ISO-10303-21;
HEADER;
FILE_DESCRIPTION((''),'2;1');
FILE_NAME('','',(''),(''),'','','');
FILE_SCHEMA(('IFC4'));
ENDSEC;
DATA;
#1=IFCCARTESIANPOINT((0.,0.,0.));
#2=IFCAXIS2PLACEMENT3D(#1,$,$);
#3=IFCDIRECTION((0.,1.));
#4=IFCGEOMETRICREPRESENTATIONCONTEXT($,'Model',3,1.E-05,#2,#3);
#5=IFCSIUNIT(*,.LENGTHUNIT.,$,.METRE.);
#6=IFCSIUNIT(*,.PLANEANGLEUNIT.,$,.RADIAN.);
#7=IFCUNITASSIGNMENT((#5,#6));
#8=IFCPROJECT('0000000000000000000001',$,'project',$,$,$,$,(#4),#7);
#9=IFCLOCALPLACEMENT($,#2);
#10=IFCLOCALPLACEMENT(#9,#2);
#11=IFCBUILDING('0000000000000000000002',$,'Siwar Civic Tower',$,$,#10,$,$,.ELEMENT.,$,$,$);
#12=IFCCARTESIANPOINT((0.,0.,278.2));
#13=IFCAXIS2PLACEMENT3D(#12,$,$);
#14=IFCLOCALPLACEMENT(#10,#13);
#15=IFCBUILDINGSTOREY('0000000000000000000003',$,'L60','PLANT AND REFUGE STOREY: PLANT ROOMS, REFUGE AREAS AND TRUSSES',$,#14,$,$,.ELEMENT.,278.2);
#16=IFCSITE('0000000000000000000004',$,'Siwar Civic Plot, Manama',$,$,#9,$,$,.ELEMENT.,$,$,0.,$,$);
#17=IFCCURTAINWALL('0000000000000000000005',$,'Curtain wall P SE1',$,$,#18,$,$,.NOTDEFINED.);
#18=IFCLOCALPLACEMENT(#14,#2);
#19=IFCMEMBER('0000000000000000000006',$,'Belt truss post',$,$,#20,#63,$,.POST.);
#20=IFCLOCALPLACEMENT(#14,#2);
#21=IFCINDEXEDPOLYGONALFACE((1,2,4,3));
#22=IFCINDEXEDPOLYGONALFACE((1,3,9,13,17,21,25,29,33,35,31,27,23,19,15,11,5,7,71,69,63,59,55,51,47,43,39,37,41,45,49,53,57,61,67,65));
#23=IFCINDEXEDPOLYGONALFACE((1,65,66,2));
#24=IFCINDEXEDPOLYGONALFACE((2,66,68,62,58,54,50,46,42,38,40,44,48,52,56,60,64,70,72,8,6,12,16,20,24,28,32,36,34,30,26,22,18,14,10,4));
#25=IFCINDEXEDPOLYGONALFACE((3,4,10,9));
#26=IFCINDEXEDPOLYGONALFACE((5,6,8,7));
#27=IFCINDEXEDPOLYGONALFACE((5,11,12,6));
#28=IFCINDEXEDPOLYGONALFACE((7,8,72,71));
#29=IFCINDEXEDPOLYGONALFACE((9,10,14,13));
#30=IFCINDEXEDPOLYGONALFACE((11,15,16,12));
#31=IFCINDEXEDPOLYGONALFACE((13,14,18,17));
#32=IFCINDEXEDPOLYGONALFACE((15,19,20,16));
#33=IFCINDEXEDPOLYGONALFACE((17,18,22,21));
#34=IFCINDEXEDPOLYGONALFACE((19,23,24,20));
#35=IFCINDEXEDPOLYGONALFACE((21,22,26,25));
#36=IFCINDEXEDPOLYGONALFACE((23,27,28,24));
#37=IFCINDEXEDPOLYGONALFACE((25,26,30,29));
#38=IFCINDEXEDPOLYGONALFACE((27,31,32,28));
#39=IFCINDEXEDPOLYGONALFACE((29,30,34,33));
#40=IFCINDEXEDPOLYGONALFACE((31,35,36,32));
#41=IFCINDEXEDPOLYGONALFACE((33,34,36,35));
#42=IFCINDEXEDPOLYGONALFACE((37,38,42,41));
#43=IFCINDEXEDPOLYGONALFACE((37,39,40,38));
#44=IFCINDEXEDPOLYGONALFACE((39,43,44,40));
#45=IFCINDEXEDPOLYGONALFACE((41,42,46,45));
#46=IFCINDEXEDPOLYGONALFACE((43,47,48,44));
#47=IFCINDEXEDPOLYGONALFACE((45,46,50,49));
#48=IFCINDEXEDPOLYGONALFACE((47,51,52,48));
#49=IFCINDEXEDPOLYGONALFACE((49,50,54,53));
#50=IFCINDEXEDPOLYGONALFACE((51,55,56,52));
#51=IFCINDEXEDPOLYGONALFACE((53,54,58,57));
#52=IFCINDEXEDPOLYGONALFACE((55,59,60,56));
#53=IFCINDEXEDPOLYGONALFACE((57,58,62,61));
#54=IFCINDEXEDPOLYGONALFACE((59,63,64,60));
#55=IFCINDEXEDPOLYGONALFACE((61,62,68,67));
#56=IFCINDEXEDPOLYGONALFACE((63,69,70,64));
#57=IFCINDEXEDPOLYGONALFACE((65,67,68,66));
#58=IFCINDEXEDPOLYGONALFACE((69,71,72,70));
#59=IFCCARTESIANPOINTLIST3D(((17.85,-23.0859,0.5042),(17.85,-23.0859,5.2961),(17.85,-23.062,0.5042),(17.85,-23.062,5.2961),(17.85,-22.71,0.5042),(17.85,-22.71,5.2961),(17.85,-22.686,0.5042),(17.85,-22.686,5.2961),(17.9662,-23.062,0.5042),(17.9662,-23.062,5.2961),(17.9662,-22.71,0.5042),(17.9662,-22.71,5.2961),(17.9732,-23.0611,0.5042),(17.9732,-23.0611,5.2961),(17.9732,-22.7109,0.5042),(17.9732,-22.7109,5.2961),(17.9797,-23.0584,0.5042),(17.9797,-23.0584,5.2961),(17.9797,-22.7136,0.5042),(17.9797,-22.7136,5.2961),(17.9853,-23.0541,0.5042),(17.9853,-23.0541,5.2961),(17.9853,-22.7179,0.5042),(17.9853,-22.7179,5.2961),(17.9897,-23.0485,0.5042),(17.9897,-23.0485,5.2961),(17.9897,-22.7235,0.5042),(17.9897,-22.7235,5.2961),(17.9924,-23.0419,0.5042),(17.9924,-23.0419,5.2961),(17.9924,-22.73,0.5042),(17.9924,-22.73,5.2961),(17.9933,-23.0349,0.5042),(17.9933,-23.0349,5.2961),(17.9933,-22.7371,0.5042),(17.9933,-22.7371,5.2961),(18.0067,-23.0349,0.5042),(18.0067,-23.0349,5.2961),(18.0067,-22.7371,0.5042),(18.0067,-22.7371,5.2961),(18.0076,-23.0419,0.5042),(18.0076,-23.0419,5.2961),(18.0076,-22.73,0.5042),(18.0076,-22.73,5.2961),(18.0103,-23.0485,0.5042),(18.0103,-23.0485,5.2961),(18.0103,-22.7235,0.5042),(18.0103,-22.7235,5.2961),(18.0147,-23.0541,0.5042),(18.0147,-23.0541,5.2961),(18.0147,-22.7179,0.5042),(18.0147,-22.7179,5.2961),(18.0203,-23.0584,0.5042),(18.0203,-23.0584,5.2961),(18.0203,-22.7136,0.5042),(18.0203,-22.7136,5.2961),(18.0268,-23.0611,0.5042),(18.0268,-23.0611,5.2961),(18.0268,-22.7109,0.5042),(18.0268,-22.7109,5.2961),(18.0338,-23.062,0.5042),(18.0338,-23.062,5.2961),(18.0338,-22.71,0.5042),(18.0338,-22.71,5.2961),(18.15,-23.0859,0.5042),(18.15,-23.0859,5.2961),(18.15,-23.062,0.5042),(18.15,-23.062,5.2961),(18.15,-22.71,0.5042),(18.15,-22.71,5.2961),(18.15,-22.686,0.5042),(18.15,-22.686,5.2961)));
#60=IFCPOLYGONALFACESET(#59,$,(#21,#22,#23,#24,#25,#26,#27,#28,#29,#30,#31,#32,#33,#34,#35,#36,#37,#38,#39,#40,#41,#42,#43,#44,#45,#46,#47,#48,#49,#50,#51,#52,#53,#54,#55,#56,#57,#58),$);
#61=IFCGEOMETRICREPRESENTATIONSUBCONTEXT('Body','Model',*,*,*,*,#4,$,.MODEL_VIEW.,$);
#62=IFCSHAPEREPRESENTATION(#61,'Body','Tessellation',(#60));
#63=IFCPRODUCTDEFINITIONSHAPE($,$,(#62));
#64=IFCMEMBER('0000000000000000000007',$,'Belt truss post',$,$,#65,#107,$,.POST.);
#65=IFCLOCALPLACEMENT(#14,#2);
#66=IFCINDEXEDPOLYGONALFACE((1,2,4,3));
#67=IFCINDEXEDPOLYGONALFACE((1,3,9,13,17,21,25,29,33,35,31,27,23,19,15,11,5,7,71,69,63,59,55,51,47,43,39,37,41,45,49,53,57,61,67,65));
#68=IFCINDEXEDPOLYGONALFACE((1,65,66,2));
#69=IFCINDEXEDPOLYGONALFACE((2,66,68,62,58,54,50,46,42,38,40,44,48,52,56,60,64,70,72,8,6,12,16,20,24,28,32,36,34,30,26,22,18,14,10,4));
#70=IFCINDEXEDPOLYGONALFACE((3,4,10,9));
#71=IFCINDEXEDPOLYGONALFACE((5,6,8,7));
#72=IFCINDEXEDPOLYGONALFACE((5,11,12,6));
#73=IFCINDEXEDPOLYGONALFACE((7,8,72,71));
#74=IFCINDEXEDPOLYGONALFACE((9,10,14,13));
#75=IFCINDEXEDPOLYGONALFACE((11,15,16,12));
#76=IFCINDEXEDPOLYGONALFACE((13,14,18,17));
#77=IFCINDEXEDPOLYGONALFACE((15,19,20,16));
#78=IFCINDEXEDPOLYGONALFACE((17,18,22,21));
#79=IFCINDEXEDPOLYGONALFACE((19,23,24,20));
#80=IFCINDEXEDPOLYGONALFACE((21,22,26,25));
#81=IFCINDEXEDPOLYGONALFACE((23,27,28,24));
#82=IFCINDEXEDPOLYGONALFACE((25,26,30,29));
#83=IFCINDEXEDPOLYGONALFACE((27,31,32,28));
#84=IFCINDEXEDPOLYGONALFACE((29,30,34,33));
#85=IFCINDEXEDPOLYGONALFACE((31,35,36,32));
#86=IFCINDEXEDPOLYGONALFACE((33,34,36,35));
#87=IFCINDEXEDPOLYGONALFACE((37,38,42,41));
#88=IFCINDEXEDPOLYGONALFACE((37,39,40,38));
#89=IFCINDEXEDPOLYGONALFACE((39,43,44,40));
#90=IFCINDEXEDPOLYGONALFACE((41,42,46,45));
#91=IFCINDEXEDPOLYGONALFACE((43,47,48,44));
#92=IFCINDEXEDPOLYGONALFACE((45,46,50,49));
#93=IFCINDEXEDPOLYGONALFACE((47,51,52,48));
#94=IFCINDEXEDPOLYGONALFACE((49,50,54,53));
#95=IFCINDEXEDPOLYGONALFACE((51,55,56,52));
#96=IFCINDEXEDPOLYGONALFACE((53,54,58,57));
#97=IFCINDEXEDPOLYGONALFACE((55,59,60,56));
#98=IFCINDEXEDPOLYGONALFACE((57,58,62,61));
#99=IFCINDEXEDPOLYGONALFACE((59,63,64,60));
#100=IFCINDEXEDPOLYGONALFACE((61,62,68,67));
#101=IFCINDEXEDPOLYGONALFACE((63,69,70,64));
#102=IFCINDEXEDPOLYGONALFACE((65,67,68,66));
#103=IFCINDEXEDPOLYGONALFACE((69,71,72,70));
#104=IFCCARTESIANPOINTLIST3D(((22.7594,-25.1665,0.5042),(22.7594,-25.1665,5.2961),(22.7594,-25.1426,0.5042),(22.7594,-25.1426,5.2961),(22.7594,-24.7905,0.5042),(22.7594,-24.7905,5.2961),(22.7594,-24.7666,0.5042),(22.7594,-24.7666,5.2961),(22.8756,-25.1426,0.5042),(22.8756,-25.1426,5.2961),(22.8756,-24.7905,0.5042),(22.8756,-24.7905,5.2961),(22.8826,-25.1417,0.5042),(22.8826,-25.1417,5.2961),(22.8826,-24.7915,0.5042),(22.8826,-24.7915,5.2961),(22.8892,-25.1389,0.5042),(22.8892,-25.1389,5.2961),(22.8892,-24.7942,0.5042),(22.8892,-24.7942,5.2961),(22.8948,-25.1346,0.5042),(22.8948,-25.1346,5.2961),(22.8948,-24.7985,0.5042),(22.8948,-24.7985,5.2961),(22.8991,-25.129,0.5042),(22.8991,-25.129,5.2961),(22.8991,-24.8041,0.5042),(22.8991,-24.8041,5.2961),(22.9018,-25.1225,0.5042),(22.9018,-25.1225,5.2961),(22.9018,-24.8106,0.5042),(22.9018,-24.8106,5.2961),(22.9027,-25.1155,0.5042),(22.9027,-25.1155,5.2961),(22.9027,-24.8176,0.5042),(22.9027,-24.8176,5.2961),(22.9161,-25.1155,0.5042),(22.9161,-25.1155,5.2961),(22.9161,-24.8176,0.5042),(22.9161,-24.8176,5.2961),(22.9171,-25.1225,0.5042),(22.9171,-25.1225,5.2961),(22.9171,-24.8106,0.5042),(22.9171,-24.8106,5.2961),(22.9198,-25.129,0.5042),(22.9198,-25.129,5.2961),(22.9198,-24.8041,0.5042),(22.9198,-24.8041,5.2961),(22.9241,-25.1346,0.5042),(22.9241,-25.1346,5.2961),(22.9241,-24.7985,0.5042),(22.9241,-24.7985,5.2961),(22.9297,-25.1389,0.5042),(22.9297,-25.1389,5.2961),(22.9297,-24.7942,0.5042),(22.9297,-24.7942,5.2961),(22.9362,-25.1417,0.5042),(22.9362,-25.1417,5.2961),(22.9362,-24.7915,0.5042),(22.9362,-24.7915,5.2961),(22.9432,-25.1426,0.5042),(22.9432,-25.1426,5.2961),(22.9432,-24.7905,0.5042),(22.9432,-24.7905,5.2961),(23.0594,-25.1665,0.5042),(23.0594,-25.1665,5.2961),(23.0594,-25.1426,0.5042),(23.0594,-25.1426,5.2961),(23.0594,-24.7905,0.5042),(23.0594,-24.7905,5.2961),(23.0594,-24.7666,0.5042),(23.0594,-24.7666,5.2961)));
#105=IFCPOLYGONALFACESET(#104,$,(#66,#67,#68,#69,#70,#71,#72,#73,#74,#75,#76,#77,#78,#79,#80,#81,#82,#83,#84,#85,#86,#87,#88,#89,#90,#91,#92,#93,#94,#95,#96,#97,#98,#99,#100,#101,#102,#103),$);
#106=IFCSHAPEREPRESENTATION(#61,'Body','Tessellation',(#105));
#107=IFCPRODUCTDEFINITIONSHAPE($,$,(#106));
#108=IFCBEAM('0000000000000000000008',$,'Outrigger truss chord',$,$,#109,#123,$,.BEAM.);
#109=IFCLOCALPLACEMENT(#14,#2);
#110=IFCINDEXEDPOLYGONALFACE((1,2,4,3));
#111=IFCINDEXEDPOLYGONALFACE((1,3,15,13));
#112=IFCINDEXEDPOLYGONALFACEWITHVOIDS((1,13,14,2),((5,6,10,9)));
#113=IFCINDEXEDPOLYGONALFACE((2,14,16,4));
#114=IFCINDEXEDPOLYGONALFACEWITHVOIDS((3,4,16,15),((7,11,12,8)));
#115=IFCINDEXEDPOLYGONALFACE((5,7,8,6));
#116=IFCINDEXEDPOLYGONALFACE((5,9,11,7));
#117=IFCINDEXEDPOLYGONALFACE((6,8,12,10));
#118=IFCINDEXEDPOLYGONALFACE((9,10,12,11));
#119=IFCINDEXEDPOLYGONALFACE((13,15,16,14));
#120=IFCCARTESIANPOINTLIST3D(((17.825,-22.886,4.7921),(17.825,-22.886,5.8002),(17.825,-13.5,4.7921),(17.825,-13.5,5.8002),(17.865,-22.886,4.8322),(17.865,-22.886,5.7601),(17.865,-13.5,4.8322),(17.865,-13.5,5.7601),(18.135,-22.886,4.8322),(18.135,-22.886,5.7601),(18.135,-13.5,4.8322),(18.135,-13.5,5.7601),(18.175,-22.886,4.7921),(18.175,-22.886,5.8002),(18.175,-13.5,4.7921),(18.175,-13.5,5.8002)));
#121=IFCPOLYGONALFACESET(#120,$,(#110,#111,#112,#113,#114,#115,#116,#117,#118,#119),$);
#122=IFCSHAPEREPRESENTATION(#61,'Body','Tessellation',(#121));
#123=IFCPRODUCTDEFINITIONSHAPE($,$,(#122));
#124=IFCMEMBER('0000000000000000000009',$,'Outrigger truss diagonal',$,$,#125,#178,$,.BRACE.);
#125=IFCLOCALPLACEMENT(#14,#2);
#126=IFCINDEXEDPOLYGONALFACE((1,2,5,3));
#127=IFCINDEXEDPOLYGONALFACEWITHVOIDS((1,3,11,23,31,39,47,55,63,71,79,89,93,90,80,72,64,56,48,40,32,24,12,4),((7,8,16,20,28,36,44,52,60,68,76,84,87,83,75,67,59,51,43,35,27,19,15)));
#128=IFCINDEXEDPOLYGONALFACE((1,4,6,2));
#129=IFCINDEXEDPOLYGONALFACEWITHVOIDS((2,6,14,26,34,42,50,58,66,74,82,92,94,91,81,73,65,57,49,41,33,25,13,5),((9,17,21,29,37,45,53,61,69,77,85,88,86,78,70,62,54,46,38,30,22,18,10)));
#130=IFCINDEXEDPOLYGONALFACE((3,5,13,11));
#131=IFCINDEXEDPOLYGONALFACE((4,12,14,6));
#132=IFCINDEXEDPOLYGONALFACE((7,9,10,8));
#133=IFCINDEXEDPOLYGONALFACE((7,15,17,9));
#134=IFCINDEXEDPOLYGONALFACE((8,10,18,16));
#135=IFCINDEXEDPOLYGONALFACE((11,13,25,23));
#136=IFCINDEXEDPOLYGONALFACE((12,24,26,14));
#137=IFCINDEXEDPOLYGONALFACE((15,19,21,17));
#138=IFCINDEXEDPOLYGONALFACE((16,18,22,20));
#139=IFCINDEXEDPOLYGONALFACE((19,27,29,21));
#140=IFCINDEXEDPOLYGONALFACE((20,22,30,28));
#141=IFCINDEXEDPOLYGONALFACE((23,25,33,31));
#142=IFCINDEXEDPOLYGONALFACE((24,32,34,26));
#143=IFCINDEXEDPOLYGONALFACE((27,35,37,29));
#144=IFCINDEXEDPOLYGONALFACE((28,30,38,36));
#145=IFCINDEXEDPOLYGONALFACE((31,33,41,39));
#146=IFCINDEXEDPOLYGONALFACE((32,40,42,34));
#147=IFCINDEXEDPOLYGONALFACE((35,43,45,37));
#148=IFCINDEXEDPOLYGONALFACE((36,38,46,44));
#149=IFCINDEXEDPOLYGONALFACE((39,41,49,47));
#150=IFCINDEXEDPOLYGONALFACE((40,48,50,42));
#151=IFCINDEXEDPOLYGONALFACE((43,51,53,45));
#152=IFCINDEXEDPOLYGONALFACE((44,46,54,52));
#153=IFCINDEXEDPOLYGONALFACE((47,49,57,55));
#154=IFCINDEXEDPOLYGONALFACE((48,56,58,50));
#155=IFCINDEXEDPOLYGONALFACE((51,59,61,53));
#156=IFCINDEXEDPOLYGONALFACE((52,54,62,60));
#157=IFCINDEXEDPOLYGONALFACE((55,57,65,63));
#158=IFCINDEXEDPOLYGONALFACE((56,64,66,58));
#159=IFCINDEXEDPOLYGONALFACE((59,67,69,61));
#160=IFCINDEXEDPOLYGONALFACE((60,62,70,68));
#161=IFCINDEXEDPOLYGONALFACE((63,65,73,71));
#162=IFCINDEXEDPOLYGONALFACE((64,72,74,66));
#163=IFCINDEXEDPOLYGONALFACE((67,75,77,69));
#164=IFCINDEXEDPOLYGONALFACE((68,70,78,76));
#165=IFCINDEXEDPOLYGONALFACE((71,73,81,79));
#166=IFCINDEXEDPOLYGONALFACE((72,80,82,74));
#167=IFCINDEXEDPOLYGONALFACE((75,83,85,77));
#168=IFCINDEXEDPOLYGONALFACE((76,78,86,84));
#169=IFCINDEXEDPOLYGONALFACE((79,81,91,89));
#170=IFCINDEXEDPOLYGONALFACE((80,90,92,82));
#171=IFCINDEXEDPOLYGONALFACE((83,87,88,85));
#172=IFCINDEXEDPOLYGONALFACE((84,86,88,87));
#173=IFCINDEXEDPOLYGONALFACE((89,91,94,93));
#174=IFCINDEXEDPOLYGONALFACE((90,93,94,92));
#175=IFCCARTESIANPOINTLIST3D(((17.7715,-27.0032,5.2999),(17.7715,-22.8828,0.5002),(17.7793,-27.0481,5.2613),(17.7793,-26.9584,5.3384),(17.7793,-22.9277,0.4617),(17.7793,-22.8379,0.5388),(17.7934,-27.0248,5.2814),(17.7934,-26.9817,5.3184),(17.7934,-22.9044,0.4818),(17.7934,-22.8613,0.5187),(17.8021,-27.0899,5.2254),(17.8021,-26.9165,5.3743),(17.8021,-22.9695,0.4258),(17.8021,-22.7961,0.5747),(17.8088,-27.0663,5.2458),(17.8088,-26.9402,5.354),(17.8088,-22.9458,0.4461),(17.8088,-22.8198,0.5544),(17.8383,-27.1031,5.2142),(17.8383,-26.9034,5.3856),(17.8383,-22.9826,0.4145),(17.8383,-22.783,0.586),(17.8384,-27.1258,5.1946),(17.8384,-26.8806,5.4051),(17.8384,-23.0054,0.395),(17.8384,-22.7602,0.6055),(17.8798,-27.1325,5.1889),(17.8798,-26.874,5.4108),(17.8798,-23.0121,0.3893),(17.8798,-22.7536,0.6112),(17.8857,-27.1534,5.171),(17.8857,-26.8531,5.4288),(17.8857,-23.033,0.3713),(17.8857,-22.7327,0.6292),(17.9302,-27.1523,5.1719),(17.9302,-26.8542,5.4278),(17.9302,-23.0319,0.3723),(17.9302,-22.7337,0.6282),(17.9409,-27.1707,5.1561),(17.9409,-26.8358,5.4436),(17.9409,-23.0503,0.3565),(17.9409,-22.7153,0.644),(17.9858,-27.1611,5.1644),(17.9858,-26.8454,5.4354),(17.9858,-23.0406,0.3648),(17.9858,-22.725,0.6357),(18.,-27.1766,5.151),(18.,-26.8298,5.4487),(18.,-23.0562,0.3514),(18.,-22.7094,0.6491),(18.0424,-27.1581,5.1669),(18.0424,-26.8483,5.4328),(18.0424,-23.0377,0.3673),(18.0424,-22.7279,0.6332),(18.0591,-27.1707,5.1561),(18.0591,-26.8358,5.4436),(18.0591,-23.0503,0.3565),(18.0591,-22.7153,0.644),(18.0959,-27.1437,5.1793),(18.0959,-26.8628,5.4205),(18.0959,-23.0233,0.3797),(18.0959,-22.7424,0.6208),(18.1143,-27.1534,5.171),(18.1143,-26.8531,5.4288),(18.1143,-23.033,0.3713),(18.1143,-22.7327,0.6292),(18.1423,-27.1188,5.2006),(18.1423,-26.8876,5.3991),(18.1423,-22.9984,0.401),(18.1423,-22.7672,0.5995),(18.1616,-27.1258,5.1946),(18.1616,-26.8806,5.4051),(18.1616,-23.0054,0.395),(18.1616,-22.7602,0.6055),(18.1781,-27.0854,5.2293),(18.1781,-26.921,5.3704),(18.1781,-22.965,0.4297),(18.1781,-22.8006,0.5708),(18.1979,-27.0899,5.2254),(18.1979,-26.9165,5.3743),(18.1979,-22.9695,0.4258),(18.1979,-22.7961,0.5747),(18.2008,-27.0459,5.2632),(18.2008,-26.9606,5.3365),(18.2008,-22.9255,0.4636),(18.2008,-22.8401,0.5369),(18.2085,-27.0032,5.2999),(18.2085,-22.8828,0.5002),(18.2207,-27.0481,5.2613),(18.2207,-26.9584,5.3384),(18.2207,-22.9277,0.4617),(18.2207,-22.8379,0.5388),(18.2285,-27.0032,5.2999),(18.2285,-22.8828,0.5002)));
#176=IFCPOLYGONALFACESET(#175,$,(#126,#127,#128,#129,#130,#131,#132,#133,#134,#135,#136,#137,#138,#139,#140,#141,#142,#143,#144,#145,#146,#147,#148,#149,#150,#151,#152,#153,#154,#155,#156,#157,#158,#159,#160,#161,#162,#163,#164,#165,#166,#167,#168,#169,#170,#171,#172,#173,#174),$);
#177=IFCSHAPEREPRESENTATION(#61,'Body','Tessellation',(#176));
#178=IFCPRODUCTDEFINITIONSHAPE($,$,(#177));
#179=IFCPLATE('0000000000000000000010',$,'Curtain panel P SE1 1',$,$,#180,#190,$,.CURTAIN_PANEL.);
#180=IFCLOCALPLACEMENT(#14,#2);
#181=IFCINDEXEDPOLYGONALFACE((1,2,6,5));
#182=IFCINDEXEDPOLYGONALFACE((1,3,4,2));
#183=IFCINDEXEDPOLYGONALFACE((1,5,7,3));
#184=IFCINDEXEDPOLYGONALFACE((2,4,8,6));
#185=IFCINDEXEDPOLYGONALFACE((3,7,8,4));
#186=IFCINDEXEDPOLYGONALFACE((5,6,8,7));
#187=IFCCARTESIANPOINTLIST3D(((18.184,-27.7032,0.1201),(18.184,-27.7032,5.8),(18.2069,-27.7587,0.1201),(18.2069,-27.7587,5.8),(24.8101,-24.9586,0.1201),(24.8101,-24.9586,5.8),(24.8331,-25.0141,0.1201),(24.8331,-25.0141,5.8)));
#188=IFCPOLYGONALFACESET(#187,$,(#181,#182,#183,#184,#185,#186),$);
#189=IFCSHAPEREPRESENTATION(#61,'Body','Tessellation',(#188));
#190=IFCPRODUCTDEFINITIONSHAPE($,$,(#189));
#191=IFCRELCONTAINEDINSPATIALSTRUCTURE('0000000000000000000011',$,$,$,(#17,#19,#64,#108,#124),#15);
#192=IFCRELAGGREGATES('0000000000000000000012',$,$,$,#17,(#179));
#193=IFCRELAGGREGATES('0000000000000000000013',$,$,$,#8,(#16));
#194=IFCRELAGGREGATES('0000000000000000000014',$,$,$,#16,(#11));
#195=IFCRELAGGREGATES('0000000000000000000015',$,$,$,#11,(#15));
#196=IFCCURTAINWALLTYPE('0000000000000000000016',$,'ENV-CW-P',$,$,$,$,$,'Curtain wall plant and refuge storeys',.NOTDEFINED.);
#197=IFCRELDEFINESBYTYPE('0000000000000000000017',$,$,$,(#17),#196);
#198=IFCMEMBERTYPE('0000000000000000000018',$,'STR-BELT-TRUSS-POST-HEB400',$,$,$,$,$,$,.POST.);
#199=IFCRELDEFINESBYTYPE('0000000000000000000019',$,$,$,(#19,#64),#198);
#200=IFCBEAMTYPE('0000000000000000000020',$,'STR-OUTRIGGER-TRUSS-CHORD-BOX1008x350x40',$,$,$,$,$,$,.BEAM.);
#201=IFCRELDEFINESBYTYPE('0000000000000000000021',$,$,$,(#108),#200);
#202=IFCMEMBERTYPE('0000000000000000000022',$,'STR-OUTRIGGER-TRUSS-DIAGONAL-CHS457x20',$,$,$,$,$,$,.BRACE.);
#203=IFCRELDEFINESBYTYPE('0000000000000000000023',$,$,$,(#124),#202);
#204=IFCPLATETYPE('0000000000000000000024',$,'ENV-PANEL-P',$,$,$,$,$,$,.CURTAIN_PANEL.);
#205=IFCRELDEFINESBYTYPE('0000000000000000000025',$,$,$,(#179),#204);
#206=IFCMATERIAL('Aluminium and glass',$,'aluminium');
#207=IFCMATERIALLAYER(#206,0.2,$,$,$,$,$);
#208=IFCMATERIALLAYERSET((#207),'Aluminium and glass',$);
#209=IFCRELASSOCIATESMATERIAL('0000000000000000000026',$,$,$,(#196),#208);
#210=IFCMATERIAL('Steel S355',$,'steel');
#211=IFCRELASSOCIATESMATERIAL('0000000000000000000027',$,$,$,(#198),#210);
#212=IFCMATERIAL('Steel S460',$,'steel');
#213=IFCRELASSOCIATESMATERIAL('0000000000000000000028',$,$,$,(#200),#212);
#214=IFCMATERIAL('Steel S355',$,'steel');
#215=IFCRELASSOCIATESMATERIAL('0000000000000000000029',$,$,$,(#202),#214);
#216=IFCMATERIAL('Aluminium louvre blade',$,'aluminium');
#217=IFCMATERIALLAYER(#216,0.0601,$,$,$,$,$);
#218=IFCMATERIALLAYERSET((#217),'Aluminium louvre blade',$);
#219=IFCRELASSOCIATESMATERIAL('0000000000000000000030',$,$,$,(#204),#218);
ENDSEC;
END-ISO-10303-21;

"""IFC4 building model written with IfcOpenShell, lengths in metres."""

from ifc_helpers import new_model, si_unit, direction, frame, origin, origin_2d, place, context, subcontext, project, spatial, rectangle, hollow_rectangle, hollow_circle, i_section, extrude, material, layer, layer_set, material_profile, profile_set, type_object, element, aggregate, save


model = new_model("IFC4")

# Units and contexts
model_context = context("Model", 3, precision=1e-05, world=origin(), true_north=direction((0.0, 1.0)))
body_context = subcontext(model_context, "Body", "Model", "MODEL_VIEW")
ifc_project = project(units=[si_unit("LENGTHUNIT", "METRE"), si_unit("PLANEANGLEUNIT", "RADIAN")], contexts=[model_context])

# Site, building, storey
site_placement = place(None, origin())
site = spatial("IfcSite", under=ifc_project, at=site_placement, Name="Siwar Civic Plot, Manama", CompositionType="ELEMENT", RefElevation=0.0)
building_placement = place(site_placement, origin())
building = spatial("IfcBuilding", under=site, at=building_placement, Name="Siwar Civic Tower", CompositionType="ELEMENT")
storey_placement = place(building_placement, frame((0.0, 0.0, 278.2)))
storey = spatial("IfcBuildingStorey", under=building, at=storey_placement, Name="L60", Description="PLANT AND REFUGE STOREY: PLANT ROOMS, REFUGE AREAS AND TRUSSES", CompositionType="ELEMENT", Elevation=278.2)

# Curtain wall
ifc_material_1 = material(Name="Aluminium and glass", Category="aluminium")
ifc_layer_1 = layer(ifc_material_1, 0.2)
ifc_layer_set_1 = layer_set([ifc_layer_1], Name="Aluminium and glass")
curtain_wall_type = type_object("IfcCurtainWallType", Name="ENV-CW-P", ElementType="Curtain wall plant and refuge storeys", PredefinedType="NOTDEFINED", material=ifc_layer_set_1)
curtain_wall_1_placement = place(storey_placement, origin())
curtain_wall_1 = element("IfcCurtainWall", 1, at=curtain_wall_1_placement, inside=storey, type_object=curtain_wall_type, Name="Curtain wall P SE1", PredefinedType="NOTDEFINED")

# Members
ifc_material_2 = material(Name="Steel S355", Category="steel")
ifc_material_profile_1 = material_profile(ifc_material_2, i_section(OverallWidth=0.3, OverallDepth=0.3999, WebThickness=0.0134, FlangeThickness=0.0239, FilletRadius=0.0271, at=origin_2d()), Name="HEB400")
ifc_profile_set_1 = profile_set([ifc_material_profile_1], Name="Steel S355")
member_type_1 = type_object("IfcMemberType", Name="STR-BELT-TRUSS-POST-HEB400", PredefinedType="POST", material=ifc_profile_set_1)
for number, where, z_axis, x_axis, name in (
    (2, (18.0, -22.886, 0.5042), (0.0, 0.0, 1.0), (1.0, 0.0, 0.0), "Belt truss post"),
    (3, (22.9094, -24.9666, 0.5042), (0.0, 0.0, 1.0), (1.0, 0.0, 0.0), "Belt truss post"),
):
    element("IfcMember", number, at=place(storey_placement, frame(where, z_axis=z_axis, x_axis=x_axis)), inside=storey, type_object=member_type_1, Name=name, PredefinedType="POST", context=body_context, shape_type="SweptSolid", body=[
        extrude(i_section(OverallWidth=0.3, OverallDepth=0.3999, WebThickness=0.0134, FlangeThickness=0.0239, FilletRadius=0.0271, at=origin_2d()), origin(), (0.0, 0.0, 1.0), 4.792),
    ])

# Beam
ifc_material_3 = material(Name="Steel S460", Category="steel")
ifc_material_profile_2 = material_profile(ifc_material_3, hollow_rectangle(XDim=0.3501, YDim=1.0081, WallThickness=0.04, at=origin_2d()), Name="BOX1008x350x40")
ifc_profile_set_2 = profile_set([ifc_material_profile_2], Name="Steel S460")
beam_type_1 = type_object("IfcBeamType", Name="STR-OUTRIGGER-TRUSS-CHORD-BOX1008x350x40", PredefinedType="BEAM", material=ifc_profile_set_2)
beam_placement = place(storey_placement, frame((18.0, -22.886, 5.2961), z_axis=(0.0, 1.0, 0.0), x_axis=(-1.0, 0.0, 0.0)))
element("IfcBeam", 4, at=beam_placement, inside=storey, type_object=beam_type_1, Name="Outrigger truss chord", PredefinedType="BEAM", context=body_context, shape_type="SweptSolid", body=[
    extrude(hollow_rectangle(XDim=0.3501, YDim=1.0081, WallThickness=0.04, at=origin_2d()), origin(), (0.0, 0.0, 1.0), 9.386),
])

# Member
ifc_material_4 = material(Name="Steel S355", Category="steel")
ifc_material_profile_3 = material_profile(ifc_material_4, hollow_circle(Radius=0.2285, WallThickness=0.02, at=origin_2d()), Name="CHS457x20")
ifc_profile_set_3 = profile_set([ifc_material_profile_3], Name="Steel S355")
member_type_2 = type_object("IfcMemberType", Name="STR-OUTRIGGER-TRUSS-DIAGONAL-CHS457x20", PredefinedType="BRACE", material=ifc_profile_set_3)
member_1_placement = place(storey_placement, frame((18.0, -22.8828, 0.5002), z_axis=(0.0, -0.651379, 0.758752), x_axis=(1.0, 0.0, 0.0)))
element("IfcMember", 5, at=member_1_placement, inside=storey, type_object=member_type_2, Name="Outrigger truss diagonal", PredefinedType="BRACE", context=body_context, shape_type="SweptSolid", body=[
    extrude(hollow_circle(Radius=0.2285, WallThickness=0.02, at=origin_2d()), origin(), (0.0, 0.0, 1.0), 6.3257),
])

# Plate
ifc_material_5 = material(Name="Aluminium louvre blade", Category="aluminium")
ifc_layer_2 = layer(ifc_material_5, 0.0601)
ifc_layer_set_2 = layer_set([ifc_layer_2], Name="Aluminium louvre blade")
plate_type = type_object("IfcPlateType", Name="ENV-PANEL-P", PredefinedType="CURTAIN_PANEL", material=ifc_layer_set_2)
plate_1_placement = place(storey_placement, frame((21.5085, -26.3586, 0.1201), z_axis=(0.0, 0.0, 1.0), x_axis=(0.92388, 0.382683, 0.0)))
plate_1 = element("IfcPlate", 6, at=plate_1_placement, type_object=plate_type, Name="Curtain panel P SE1 1", PredefinedType="CURTAIN_PANEL", context=body_context, shape_type="SweptSolid", body=[
    extrude(rectangle(XDim=7.1721, YDim=0.0601, at=origin_2d()), origin(), (0.0, 0.0, 1.0), 5.6799),
])
aggregate(curtain_wall_1, [plate_1])

save(model, "model.ifc")
